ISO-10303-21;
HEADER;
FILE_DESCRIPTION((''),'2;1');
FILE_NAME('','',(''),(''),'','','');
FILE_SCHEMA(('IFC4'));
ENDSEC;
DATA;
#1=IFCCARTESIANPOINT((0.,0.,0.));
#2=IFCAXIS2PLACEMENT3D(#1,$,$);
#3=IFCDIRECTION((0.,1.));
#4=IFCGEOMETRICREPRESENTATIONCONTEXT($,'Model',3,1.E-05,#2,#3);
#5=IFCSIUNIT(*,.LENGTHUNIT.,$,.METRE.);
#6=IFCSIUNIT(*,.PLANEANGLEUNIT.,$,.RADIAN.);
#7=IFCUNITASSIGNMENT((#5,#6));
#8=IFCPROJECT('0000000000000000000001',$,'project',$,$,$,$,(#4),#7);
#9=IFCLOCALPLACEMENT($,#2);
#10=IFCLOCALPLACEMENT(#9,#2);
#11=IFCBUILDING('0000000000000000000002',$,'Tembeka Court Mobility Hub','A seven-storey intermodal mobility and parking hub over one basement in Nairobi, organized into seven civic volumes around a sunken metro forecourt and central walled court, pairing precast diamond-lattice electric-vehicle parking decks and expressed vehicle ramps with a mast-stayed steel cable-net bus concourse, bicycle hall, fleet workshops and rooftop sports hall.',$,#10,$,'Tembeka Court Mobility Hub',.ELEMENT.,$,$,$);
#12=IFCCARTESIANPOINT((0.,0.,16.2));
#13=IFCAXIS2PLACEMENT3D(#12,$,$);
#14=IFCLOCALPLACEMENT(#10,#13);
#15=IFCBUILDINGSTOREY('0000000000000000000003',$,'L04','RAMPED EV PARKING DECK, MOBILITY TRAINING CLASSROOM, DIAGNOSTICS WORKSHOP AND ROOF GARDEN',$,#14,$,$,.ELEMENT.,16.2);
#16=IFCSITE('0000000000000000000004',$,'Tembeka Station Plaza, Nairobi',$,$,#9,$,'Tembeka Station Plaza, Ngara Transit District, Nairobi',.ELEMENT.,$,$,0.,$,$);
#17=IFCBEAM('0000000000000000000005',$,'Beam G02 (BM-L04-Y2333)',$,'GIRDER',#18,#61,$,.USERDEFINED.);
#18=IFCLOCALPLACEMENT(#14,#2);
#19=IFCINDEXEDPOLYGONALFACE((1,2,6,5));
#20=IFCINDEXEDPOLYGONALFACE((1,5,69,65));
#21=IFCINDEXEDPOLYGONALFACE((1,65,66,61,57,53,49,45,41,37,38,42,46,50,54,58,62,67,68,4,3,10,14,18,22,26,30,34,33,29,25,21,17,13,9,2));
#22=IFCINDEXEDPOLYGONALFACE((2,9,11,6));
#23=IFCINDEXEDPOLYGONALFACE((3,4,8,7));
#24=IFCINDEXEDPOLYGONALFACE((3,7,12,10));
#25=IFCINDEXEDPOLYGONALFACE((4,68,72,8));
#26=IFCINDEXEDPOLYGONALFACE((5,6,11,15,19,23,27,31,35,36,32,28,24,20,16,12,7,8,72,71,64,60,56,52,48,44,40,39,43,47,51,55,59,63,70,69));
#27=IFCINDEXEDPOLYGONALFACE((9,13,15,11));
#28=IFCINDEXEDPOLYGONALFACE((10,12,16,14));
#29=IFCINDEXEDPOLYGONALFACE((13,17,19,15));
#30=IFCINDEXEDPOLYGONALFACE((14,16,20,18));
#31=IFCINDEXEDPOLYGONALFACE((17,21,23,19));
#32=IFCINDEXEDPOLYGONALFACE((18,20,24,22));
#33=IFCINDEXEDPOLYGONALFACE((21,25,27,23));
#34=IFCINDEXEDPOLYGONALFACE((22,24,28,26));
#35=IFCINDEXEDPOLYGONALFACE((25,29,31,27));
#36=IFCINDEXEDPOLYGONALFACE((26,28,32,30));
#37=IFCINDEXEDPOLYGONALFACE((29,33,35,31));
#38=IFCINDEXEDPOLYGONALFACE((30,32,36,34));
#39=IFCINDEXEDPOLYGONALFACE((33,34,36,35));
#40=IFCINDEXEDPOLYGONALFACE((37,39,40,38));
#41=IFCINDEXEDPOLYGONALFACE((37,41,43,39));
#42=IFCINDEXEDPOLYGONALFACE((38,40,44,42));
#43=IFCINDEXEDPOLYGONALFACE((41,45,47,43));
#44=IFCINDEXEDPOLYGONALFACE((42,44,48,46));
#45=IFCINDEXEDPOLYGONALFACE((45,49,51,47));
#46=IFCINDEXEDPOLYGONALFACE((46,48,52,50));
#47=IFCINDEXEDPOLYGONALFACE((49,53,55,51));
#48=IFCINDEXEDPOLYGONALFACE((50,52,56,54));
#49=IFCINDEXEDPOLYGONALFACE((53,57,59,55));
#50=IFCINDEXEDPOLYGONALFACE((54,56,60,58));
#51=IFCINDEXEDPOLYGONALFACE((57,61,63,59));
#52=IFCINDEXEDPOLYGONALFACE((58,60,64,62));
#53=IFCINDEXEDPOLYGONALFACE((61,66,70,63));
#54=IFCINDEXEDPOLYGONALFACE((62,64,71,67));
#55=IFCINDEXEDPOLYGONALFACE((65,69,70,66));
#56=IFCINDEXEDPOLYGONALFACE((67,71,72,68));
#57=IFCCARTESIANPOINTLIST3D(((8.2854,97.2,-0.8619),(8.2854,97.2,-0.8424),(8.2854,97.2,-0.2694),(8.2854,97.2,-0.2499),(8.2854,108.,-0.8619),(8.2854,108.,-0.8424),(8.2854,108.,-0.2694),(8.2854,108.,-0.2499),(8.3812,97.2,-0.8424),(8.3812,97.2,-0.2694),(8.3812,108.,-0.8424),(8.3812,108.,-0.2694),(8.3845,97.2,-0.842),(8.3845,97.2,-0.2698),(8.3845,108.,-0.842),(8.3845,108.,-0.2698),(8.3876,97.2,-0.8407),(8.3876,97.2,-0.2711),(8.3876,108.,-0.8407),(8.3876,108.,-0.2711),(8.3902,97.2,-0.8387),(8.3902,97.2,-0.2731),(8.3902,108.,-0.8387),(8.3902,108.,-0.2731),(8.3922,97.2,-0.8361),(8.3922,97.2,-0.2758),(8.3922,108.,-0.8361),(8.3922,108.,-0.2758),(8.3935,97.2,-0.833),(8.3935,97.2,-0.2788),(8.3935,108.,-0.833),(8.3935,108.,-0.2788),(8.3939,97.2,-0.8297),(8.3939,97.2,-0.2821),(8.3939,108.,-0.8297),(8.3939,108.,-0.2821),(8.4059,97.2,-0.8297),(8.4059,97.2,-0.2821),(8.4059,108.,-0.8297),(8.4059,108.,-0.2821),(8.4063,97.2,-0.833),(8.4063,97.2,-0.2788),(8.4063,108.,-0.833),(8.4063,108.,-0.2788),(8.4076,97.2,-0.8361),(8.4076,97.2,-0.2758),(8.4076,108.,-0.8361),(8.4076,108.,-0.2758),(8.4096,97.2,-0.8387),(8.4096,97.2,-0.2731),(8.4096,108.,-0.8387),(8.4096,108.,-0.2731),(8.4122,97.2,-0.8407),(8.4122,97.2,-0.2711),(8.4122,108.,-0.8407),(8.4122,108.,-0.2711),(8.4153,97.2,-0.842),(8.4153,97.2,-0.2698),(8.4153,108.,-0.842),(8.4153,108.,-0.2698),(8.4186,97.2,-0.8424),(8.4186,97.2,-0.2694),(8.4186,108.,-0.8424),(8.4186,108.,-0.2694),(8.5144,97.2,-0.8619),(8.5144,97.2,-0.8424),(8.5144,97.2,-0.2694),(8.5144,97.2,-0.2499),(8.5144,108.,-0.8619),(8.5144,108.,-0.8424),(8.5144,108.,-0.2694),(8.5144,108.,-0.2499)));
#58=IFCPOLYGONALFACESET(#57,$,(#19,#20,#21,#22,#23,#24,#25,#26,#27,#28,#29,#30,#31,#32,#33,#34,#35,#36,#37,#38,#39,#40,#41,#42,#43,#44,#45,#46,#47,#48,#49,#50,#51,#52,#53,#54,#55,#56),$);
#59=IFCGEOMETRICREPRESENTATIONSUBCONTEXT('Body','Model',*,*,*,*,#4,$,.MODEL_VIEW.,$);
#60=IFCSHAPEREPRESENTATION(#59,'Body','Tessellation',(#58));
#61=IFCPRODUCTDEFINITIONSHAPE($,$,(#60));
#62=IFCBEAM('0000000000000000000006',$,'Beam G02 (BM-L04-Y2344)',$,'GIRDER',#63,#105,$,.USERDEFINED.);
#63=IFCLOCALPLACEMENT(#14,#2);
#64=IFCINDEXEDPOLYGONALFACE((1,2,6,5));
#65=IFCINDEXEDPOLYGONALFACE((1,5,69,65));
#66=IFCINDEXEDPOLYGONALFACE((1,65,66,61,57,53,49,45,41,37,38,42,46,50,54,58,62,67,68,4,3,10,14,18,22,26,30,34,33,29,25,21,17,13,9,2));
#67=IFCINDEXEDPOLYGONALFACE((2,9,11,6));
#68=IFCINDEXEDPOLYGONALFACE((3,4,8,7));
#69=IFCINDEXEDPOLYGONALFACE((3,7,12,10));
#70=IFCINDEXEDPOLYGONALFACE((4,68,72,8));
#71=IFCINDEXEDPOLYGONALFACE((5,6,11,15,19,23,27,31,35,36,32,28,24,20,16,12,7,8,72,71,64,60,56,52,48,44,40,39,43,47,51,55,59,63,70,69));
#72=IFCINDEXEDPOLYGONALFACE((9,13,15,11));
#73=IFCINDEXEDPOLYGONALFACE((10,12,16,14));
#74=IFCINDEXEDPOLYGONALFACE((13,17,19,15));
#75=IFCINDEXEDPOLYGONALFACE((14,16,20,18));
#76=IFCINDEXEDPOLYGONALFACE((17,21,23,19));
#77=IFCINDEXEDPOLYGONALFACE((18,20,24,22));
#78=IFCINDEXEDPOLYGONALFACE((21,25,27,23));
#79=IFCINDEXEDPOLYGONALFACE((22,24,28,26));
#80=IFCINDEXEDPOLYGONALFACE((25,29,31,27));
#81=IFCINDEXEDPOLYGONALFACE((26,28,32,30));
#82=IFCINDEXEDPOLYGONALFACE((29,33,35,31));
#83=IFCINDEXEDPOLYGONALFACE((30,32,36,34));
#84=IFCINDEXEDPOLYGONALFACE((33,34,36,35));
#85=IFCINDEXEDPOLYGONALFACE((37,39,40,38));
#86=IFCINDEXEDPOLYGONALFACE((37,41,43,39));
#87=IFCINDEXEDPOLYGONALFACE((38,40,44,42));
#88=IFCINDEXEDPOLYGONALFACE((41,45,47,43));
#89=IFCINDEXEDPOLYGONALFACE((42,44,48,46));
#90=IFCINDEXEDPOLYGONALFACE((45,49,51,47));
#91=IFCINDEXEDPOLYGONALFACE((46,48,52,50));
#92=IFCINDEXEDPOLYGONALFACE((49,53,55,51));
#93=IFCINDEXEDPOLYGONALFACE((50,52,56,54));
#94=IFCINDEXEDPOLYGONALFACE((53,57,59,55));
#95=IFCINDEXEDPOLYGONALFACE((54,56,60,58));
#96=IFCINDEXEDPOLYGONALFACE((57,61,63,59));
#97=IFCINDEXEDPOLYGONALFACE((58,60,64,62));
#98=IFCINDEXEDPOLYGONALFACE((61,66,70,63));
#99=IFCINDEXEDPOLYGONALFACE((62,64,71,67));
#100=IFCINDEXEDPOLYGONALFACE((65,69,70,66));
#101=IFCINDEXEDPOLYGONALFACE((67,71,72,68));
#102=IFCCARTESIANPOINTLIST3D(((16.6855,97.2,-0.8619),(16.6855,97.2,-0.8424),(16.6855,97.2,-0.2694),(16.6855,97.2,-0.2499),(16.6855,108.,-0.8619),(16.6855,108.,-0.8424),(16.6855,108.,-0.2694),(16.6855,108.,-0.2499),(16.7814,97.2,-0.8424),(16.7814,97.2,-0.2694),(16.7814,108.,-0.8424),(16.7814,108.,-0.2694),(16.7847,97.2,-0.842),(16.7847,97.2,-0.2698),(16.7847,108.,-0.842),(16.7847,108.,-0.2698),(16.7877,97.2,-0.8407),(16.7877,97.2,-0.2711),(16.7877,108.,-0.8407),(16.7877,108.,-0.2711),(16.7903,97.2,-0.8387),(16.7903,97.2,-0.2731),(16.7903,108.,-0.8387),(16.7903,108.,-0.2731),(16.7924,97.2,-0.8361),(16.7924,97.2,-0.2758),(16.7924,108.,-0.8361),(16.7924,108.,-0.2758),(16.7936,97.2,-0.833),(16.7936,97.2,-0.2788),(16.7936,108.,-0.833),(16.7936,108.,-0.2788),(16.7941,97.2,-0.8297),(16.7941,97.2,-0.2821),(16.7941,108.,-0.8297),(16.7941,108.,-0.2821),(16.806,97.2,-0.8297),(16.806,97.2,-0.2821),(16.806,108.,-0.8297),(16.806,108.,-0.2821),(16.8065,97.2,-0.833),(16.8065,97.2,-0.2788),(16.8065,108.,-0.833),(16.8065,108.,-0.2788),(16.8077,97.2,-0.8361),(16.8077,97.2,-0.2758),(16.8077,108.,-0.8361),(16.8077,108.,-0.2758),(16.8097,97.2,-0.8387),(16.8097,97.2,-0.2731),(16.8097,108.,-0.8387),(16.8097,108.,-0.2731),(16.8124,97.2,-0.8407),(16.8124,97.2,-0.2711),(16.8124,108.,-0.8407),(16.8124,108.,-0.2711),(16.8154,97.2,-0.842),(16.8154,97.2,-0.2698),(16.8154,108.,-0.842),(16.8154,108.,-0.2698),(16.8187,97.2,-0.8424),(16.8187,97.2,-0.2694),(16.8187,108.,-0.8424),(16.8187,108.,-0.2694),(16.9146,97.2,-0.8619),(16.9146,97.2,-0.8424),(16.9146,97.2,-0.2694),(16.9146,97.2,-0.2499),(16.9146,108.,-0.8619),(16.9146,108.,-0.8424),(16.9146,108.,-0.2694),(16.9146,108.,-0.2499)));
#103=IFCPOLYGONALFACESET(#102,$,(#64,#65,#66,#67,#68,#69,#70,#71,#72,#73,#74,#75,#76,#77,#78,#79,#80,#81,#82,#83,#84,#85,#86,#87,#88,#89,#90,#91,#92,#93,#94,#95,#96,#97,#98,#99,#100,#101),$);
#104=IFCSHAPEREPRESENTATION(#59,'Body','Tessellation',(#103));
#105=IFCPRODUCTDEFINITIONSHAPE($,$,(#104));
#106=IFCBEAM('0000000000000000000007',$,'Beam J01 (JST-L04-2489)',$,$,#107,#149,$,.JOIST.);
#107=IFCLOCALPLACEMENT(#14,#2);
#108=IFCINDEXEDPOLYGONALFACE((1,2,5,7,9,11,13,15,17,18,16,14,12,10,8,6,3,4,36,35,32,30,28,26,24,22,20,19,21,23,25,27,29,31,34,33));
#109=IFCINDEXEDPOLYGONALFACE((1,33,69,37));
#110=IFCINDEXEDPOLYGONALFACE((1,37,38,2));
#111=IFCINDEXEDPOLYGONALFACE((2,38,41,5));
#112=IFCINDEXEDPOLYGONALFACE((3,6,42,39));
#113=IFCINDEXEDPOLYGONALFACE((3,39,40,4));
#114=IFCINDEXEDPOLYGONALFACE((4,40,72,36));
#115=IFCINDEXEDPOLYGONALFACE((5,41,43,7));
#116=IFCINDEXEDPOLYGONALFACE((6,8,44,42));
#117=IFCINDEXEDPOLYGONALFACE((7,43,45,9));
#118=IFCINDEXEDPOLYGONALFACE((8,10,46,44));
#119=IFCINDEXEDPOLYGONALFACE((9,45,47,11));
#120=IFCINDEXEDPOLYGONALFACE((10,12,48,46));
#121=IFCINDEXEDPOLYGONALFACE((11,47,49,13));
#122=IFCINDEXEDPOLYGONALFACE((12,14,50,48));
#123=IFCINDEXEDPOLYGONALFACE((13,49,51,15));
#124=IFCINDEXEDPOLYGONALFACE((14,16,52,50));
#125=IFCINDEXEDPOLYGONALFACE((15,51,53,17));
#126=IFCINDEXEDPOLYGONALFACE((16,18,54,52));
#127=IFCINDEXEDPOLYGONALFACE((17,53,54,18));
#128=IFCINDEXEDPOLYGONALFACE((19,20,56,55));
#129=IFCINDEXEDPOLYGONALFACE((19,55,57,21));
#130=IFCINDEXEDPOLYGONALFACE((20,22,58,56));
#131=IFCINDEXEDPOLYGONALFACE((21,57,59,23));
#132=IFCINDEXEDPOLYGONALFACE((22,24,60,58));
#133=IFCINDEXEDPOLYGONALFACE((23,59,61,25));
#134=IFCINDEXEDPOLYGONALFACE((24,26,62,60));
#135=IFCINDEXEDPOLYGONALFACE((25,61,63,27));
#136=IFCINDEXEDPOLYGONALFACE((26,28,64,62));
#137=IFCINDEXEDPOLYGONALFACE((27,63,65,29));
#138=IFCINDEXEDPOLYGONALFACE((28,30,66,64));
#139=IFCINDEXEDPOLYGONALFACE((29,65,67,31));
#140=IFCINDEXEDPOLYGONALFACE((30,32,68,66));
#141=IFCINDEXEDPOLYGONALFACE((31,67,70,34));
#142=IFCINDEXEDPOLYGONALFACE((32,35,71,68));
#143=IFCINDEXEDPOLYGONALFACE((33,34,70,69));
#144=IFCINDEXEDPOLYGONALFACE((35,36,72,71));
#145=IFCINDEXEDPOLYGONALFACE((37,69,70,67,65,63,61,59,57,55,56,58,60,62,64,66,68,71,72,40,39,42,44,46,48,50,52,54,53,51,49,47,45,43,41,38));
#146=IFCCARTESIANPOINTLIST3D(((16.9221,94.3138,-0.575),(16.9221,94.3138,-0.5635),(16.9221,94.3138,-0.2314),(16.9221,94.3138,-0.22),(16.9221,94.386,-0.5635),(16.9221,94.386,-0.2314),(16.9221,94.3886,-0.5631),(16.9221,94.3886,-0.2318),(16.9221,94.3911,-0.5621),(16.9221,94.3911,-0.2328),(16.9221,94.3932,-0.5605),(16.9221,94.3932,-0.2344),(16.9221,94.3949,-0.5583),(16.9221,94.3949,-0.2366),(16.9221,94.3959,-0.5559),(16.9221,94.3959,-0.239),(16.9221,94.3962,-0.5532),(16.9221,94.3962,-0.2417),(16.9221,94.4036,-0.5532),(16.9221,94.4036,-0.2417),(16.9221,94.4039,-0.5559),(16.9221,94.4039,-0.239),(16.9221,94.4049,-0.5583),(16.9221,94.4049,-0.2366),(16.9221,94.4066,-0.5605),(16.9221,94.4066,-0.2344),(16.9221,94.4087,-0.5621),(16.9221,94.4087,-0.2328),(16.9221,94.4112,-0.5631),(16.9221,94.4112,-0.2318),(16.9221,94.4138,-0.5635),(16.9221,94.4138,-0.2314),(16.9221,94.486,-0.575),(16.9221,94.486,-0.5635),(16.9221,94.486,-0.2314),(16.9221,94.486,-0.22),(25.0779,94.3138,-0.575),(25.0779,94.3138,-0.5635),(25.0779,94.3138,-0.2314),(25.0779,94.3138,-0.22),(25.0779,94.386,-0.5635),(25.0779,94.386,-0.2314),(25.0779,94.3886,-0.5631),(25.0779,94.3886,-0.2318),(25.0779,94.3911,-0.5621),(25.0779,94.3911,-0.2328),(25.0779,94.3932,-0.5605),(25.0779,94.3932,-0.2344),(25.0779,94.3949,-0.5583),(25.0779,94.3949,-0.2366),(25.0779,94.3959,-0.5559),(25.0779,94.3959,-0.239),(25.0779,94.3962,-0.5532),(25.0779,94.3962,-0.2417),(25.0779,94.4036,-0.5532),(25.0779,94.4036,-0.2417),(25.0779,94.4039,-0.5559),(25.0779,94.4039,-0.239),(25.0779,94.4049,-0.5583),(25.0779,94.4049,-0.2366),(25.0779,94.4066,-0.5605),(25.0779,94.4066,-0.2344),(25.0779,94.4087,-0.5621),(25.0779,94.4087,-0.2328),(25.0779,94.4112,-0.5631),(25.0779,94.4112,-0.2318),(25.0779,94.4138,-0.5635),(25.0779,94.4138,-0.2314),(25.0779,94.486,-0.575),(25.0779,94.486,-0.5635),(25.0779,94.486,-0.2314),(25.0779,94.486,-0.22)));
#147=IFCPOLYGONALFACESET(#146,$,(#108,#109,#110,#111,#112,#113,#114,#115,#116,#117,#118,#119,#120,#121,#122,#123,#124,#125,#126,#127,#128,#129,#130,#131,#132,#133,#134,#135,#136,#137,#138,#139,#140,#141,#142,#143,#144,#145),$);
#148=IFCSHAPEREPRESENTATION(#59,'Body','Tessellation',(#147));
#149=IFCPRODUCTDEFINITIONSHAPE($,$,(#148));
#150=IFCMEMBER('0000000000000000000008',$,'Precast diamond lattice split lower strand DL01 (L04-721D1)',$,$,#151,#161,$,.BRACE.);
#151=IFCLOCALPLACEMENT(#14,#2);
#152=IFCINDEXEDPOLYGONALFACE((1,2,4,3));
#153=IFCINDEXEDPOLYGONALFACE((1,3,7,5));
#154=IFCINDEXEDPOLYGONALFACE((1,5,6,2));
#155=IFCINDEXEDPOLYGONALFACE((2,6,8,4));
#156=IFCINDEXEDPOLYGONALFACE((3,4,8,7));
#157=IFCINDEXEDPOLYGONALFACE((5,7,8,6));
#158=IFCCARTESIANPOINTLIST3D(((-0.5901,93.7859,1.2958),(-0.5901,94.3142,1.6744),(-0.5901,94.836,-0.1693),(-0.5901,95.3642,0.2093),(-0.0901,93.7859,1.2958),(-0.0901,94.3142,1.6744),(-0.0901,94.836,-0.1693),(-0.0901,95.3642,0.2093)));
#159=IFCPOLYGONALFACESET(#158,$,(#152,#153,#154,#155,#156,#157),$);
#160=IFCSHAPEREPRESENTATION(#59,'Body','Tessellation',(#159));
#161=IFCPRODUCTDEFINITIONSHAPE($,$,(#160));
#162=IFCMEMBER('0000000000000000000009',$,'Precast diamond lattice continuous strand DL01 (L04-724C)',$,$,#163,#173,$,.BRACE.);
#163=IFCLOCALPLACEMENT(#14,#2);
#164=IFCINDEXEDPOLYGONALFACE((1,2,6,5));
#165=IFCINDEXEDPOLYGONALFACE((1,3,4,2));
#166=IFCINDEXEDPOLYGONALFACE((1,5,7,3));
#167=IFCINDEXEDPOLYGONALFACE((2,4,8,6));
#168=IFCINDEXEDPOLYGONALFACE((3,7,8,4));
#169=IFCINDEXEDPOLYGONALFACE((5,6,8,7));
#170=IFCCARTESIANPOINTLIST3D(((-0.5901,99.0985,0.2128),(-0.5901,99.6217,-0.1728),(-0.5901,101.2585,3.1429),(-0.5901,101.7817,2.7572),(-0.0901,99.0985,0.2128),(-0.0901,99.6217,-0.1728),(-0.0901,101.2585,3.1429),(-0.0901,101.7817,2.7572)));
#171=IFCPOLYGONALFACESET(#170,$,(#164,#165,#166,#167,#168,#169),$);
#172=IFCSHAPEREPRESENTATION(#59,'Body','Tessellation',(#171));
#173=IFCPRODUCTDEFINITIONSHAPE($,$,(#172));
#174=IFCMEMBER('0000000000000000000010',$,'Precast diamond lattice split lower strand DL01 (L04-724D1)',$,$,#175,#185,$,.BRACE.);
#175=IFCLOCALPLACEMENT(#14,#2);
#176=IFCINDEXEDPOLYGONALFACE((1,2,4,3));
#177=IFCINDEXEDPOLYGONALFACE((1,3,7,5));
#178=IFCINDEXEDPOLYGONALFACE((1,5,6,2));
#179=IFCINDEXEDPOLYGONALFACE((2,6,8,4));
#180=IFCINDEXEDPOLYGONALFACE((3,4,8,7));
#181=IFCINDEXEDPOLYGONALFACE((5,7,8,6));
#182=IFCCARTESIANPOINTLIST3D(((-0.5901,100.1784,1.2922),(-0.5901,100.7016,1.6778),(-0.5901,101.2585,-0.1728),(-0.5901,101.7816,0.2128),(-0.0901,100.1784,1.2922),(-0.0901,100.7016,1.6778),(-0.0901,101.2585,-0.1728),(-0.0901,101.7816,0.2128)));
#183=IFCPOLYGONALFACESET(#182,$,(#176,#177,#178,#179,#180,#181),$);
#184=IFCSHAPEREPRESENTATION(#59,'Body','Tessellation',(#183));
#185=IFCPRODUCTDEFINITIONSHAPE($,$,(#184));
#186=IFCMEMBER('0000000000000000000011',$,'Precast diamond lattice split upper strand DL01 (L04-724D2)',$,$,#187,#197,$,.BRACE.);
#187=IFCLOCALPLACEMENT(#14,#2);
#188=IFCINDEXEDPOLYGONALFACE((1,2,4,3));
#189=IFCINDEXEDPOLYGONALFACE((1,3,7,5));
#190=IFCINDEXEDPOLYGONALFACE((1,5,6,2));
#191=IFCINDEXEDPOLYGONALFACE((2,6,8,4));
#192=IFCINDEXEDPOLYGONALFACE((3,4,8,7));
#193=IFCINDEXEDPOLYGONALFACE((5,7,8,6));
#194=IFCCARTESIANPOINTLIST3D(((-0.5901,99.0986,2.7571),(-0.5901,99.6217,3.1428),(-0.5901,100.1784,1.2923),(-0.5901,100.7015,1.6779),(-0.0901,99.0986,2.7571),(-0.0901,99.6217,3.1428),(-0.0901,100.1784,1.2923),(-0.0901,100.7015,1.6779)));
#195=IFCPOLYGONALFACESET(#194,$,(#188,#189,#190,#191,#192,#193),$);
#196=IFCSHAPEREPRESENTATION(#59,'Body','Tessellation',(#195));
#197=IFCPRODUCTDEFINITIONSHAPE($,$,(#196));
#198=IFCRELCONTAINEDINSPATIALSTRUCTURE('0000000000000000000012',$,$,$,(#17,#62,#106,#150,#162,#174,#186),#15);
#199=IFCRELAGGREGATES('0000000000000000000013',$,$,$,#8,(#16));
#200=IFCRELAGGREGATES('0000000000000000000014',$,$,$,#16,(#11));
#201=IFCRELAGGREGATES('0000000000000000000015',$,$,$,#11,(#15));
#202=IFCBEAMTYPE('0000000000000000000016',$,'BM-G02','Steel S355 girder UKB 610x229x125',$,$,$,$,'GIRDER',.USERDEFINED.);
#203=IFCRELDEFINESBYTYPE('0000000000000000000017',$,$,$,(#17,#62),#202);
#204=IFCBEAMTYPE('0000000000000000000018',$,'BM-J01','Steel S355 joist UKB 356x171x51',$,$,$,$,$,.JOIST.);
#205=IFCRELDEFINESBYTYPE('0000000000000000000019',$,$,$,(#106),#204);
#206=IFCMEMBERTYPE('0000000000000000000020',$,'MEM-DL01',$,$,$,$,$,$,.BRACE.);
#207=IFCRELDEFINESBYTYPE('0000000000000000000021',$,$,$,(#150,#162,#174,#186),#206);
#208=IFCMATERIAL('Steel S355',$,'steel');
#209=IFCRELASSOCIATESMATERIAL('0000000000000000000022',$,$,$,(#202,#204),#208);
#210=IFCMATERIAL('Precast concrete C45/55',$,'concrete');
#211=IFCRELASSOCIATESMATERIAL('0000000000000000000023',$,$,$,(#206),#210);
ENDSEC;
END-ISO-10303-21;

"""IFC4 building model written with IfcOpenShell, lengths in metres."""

from ifc_helpers import new_model, si_unit, direction, frame, origin, origin_2d, place, context, subcontext, project, spatial, rectangle, i_section, extrude, material, material_profile, profile_set, type_object, element, save


model = new_model("IFC4")

# Units and contexts
model_context = context("Model", 3, precision=1e-05, world=origin(), true_north=direction((0.0, 1.0)))
body_context = subcontext(model_context, "Body", "Model", "MODEL_VIEW")
ifc_project = project(units=[si_unit("LENGTHUNIT", "METRE"), si_unit("PLANEANGLEUNIT", "RADIAN")], contexts=[model_context])

# Site, building, storey
site_placement = place(None, origin())
site = spatial("IfcSite", under=ifc_project, at=site_placement, Name="Tembeka Station Plaza, Nairobi", LongName="Tembeka Station Plaza, Ngara Transit District, Nairobi", CompositionType="ELEMENT", RefElevation=0.0)
building_placement = place(site_placement, origin())
building = spatial("IfcBuilding", under=site, at=building_placement, Name="Tembeka Court Mobility Hub", Description="A seven-storey intermodal mobility and parking hub over one basement in Nairobi, organized into seven civic volumes around a sunken metro forecourt and central walled court, pairing precast diamond-lattice electric-vehicle parking decks and expressed vehicle ramps with a mast-stayed steel cable-net bus concourse, bicycle hall, fleet workshops and rooftop sports hall.", LongName="Tembeka Court Mobility Hub", CompositionType="ELEMENT")
storey_placement = place(building_placement, frame((0.0, 0.0, 16.2)))
storey = spatial("IfcBuildingStorey", under=building, at=storey_placement, Name="L04", Description="RAMPED EV PARKING DECK, MOBILITY TRAINING CLASSROOM, DIAGNOSTICS WORKSHOP AND ROOF GARDEN", CompositionType="ELEMENT", Elevation=16.2)

# Shared definitions
ifc_material_1 = material(Name="Steel S355", Category="steel")

# Beams
ifc_material_profile_1 = material_profile(ifc_material_1, i_section(OverallWidth=0.229, OverallDepth=0.6121, WebThickness=0.012, FlangeThickness=0.0195, FilletRadius=0.0127, at=origin_2d()), Name="UKB 610x229x125")
ifc_profile_set_1 = profile_set([ifc_material_profile_1], Name="Steel S355")
beam_type_1 = type_object("IfcBeamType", Name="BM-G02", Description="Steel S355 girder UKB 610x229x125", ElementType="GIRDER", PredefinedType="USERDEFINED", material=ifc_profile_set_1)
for number, where, z_axis, x_axis, name in (
    (1, (8.3999, 97.2, -0.5559), (0.0, 1.0, 0.0), (-1.0, 0.0, 0.0), "Beam G02 (BM-L04-Y2333)"),
    (2, (16.8, 97.2, -0.5559), (0.0, 1.0, 0.0), (-1.0, 0.0, 0.0), "Beam G02 (BM-L04-Y2344)"),
):
    element("IfcBeam", number, at=place(storey_placement, frame(where, z_axis=z_axis, x_axis=x_axis)), inside=storey, type_object=beam_type_1, Name=name, ObjectType="GIRDER", PredefinedType="USERDEFINED", context=body_context, shape_type="SweptSolid", body=[
        extrude(i_section(OverallWidth=0.229, OverallDepth=0.6121, WebThickness=0.012, FlangeThickness=0.0195, FilletRadius=0.0127, at=origin_2d()), origin(), (0.0, 0.0, 1.0), 10.8),
    ])
ifc_material_profile_2 = material_profile(ifc_material_1, i_section(OverallWidth=0.1721, OverallDepth=0.355, WebThickness=0.0073, FlangeThickness=0.0115, FilletRadius=0.0103, at=origin_2d()), Name="UKB 356x171x51")
ifc_profile_set_2 = profile_set([ifc_material_profile_2], Name="Steel S355")
beam_type_2 = type_object("IfcBeamType", Name="BM-J01", Description="Steel S355 joist UKB 356x171x51", PredefinedType="JOIST", material=ifc_profile_set_2)
beam_1_placement = place(storey_placement, frame((16.9221, 94.3999, -0.3975), z_axis=(1.0, 0.0, 0.0), x_axis=(0.0, 1.0, 0.0)))
element("IfcBeam", 3, at=beam_1_placement, inside=storey, type_object=beam_type_2, Name="Beam J01 (JST-L04-2489)", PredefinedType="JOIST", context=body_context, shape_type="SweptSolid", body=[
    extrude(i_section(OverallWidth=0.1721, OverallDepth=0.355, WebThickness=0.0073, FlangeThickness=0.0115, FilletRadius=0.0103, at=origin_2d()), origin(), (0.0, 0.0, 1.0), 8.1558),
])

# Members
ifc_material_2 = material(Name="Precast concrete C45/55", Category="concrete")
ifc_material_profile_3 = material_profile(ifc_material_2, rectangle(XDim=0.5, YDim=0.6499, at=origin_2d()), Name="PC-DIAG 500x650")
ifc_profile_set_3 = profile_set([ifc_material_profile_3], Name="Precast concrete C45/55")
member_type_1 = type_object("IfcMemberType", Name="MEM-DL01", PredefinedType="BRACE", material=ifc_profile_set_3)
member_1_placement = place(storey_placement, frame((-0.3401, 95.1001, 0.02), z_axis=(0.0, -0.582544, 0.812799), x_axis=(1.0, 0.0, 0.0)))
element("IfcMember", 4, at=member_1_placement, inside=storey, type_object=member_type_1, Name="Precast diamond lattice split lower strand DL01 (L04-721D1)", PredefinedType="BRACE", context=body_context, shape_type="SweptSolid", body=[
    extrude(rectangle(XDim=0.5, YDim=0.6499, at=origin_2d()), origin(), (0.0, 0.0, 1.0), 1.8025),
])
member_2_placement = place(storey_placement, frame((-0.3401, 99.3601, 0.02), z_axis=(0.0, 0.59338, 0.804923), x_axis=(-1.0, 0.0, 0.0)))
element("IfcMember", 5, at=member_2_placement, inside=storey, type_object=member_type_1, Name="Precast diamond lattice continuous strand DL01 (L04-724C)", PredefinedType="BRACE", context=body_context, shape_type="SweptSolid", body=[
    extrude(rectangle(XDim=0.5, YDim=0.6499, at=origin_2d()), origin(), (0.0, 0.0, 1.0), 3.6401),
])
member_3_placement = place(storey_placement, frame((-0.3401, 101.52, 0.02), z_axis=(0.0, -0.593391, 0.804914), x_axis=(1.0, 0.0, 0.0)))
element("IfcMember", 6, at=member_3_placement, inside=storey, type_object=member_type_1, Name="Precast diamond lattice split lower strand DL01 (L04-724D1)", PredefinedType="BRACE", context=body_context, shape_type="SweptSolid", body=[
    extrude(rectangle(XDim=0.5, YDim=0.6499, at=origin_2d()), origin(), (0.0, 0.0, 1.0), 1.8201),
])
member_4_placement = place(storey_placement, frame((-0.3401, 100.4399, 1.4851), z_axis=(0.0, -0.593368, 0.804931), x_axis=(1.0, 0.0, 0.0)))
element("IfcMember", 7, at=member_4_placement, inside=storey, type_object=member_type_1, Name="Precast diamond lattice split upper strand DL01 (L04-724D2)", PredefinedType="BRACE", context=body_context, shape_type="SweptSolid", body=[
    extrude(rectangle(XDim=0.5, YDim=0.6499, at=origin_2d()), origin(), (0.0, 0.0, 1.0), 1.8198),
])

save(model, "model.ifc")
